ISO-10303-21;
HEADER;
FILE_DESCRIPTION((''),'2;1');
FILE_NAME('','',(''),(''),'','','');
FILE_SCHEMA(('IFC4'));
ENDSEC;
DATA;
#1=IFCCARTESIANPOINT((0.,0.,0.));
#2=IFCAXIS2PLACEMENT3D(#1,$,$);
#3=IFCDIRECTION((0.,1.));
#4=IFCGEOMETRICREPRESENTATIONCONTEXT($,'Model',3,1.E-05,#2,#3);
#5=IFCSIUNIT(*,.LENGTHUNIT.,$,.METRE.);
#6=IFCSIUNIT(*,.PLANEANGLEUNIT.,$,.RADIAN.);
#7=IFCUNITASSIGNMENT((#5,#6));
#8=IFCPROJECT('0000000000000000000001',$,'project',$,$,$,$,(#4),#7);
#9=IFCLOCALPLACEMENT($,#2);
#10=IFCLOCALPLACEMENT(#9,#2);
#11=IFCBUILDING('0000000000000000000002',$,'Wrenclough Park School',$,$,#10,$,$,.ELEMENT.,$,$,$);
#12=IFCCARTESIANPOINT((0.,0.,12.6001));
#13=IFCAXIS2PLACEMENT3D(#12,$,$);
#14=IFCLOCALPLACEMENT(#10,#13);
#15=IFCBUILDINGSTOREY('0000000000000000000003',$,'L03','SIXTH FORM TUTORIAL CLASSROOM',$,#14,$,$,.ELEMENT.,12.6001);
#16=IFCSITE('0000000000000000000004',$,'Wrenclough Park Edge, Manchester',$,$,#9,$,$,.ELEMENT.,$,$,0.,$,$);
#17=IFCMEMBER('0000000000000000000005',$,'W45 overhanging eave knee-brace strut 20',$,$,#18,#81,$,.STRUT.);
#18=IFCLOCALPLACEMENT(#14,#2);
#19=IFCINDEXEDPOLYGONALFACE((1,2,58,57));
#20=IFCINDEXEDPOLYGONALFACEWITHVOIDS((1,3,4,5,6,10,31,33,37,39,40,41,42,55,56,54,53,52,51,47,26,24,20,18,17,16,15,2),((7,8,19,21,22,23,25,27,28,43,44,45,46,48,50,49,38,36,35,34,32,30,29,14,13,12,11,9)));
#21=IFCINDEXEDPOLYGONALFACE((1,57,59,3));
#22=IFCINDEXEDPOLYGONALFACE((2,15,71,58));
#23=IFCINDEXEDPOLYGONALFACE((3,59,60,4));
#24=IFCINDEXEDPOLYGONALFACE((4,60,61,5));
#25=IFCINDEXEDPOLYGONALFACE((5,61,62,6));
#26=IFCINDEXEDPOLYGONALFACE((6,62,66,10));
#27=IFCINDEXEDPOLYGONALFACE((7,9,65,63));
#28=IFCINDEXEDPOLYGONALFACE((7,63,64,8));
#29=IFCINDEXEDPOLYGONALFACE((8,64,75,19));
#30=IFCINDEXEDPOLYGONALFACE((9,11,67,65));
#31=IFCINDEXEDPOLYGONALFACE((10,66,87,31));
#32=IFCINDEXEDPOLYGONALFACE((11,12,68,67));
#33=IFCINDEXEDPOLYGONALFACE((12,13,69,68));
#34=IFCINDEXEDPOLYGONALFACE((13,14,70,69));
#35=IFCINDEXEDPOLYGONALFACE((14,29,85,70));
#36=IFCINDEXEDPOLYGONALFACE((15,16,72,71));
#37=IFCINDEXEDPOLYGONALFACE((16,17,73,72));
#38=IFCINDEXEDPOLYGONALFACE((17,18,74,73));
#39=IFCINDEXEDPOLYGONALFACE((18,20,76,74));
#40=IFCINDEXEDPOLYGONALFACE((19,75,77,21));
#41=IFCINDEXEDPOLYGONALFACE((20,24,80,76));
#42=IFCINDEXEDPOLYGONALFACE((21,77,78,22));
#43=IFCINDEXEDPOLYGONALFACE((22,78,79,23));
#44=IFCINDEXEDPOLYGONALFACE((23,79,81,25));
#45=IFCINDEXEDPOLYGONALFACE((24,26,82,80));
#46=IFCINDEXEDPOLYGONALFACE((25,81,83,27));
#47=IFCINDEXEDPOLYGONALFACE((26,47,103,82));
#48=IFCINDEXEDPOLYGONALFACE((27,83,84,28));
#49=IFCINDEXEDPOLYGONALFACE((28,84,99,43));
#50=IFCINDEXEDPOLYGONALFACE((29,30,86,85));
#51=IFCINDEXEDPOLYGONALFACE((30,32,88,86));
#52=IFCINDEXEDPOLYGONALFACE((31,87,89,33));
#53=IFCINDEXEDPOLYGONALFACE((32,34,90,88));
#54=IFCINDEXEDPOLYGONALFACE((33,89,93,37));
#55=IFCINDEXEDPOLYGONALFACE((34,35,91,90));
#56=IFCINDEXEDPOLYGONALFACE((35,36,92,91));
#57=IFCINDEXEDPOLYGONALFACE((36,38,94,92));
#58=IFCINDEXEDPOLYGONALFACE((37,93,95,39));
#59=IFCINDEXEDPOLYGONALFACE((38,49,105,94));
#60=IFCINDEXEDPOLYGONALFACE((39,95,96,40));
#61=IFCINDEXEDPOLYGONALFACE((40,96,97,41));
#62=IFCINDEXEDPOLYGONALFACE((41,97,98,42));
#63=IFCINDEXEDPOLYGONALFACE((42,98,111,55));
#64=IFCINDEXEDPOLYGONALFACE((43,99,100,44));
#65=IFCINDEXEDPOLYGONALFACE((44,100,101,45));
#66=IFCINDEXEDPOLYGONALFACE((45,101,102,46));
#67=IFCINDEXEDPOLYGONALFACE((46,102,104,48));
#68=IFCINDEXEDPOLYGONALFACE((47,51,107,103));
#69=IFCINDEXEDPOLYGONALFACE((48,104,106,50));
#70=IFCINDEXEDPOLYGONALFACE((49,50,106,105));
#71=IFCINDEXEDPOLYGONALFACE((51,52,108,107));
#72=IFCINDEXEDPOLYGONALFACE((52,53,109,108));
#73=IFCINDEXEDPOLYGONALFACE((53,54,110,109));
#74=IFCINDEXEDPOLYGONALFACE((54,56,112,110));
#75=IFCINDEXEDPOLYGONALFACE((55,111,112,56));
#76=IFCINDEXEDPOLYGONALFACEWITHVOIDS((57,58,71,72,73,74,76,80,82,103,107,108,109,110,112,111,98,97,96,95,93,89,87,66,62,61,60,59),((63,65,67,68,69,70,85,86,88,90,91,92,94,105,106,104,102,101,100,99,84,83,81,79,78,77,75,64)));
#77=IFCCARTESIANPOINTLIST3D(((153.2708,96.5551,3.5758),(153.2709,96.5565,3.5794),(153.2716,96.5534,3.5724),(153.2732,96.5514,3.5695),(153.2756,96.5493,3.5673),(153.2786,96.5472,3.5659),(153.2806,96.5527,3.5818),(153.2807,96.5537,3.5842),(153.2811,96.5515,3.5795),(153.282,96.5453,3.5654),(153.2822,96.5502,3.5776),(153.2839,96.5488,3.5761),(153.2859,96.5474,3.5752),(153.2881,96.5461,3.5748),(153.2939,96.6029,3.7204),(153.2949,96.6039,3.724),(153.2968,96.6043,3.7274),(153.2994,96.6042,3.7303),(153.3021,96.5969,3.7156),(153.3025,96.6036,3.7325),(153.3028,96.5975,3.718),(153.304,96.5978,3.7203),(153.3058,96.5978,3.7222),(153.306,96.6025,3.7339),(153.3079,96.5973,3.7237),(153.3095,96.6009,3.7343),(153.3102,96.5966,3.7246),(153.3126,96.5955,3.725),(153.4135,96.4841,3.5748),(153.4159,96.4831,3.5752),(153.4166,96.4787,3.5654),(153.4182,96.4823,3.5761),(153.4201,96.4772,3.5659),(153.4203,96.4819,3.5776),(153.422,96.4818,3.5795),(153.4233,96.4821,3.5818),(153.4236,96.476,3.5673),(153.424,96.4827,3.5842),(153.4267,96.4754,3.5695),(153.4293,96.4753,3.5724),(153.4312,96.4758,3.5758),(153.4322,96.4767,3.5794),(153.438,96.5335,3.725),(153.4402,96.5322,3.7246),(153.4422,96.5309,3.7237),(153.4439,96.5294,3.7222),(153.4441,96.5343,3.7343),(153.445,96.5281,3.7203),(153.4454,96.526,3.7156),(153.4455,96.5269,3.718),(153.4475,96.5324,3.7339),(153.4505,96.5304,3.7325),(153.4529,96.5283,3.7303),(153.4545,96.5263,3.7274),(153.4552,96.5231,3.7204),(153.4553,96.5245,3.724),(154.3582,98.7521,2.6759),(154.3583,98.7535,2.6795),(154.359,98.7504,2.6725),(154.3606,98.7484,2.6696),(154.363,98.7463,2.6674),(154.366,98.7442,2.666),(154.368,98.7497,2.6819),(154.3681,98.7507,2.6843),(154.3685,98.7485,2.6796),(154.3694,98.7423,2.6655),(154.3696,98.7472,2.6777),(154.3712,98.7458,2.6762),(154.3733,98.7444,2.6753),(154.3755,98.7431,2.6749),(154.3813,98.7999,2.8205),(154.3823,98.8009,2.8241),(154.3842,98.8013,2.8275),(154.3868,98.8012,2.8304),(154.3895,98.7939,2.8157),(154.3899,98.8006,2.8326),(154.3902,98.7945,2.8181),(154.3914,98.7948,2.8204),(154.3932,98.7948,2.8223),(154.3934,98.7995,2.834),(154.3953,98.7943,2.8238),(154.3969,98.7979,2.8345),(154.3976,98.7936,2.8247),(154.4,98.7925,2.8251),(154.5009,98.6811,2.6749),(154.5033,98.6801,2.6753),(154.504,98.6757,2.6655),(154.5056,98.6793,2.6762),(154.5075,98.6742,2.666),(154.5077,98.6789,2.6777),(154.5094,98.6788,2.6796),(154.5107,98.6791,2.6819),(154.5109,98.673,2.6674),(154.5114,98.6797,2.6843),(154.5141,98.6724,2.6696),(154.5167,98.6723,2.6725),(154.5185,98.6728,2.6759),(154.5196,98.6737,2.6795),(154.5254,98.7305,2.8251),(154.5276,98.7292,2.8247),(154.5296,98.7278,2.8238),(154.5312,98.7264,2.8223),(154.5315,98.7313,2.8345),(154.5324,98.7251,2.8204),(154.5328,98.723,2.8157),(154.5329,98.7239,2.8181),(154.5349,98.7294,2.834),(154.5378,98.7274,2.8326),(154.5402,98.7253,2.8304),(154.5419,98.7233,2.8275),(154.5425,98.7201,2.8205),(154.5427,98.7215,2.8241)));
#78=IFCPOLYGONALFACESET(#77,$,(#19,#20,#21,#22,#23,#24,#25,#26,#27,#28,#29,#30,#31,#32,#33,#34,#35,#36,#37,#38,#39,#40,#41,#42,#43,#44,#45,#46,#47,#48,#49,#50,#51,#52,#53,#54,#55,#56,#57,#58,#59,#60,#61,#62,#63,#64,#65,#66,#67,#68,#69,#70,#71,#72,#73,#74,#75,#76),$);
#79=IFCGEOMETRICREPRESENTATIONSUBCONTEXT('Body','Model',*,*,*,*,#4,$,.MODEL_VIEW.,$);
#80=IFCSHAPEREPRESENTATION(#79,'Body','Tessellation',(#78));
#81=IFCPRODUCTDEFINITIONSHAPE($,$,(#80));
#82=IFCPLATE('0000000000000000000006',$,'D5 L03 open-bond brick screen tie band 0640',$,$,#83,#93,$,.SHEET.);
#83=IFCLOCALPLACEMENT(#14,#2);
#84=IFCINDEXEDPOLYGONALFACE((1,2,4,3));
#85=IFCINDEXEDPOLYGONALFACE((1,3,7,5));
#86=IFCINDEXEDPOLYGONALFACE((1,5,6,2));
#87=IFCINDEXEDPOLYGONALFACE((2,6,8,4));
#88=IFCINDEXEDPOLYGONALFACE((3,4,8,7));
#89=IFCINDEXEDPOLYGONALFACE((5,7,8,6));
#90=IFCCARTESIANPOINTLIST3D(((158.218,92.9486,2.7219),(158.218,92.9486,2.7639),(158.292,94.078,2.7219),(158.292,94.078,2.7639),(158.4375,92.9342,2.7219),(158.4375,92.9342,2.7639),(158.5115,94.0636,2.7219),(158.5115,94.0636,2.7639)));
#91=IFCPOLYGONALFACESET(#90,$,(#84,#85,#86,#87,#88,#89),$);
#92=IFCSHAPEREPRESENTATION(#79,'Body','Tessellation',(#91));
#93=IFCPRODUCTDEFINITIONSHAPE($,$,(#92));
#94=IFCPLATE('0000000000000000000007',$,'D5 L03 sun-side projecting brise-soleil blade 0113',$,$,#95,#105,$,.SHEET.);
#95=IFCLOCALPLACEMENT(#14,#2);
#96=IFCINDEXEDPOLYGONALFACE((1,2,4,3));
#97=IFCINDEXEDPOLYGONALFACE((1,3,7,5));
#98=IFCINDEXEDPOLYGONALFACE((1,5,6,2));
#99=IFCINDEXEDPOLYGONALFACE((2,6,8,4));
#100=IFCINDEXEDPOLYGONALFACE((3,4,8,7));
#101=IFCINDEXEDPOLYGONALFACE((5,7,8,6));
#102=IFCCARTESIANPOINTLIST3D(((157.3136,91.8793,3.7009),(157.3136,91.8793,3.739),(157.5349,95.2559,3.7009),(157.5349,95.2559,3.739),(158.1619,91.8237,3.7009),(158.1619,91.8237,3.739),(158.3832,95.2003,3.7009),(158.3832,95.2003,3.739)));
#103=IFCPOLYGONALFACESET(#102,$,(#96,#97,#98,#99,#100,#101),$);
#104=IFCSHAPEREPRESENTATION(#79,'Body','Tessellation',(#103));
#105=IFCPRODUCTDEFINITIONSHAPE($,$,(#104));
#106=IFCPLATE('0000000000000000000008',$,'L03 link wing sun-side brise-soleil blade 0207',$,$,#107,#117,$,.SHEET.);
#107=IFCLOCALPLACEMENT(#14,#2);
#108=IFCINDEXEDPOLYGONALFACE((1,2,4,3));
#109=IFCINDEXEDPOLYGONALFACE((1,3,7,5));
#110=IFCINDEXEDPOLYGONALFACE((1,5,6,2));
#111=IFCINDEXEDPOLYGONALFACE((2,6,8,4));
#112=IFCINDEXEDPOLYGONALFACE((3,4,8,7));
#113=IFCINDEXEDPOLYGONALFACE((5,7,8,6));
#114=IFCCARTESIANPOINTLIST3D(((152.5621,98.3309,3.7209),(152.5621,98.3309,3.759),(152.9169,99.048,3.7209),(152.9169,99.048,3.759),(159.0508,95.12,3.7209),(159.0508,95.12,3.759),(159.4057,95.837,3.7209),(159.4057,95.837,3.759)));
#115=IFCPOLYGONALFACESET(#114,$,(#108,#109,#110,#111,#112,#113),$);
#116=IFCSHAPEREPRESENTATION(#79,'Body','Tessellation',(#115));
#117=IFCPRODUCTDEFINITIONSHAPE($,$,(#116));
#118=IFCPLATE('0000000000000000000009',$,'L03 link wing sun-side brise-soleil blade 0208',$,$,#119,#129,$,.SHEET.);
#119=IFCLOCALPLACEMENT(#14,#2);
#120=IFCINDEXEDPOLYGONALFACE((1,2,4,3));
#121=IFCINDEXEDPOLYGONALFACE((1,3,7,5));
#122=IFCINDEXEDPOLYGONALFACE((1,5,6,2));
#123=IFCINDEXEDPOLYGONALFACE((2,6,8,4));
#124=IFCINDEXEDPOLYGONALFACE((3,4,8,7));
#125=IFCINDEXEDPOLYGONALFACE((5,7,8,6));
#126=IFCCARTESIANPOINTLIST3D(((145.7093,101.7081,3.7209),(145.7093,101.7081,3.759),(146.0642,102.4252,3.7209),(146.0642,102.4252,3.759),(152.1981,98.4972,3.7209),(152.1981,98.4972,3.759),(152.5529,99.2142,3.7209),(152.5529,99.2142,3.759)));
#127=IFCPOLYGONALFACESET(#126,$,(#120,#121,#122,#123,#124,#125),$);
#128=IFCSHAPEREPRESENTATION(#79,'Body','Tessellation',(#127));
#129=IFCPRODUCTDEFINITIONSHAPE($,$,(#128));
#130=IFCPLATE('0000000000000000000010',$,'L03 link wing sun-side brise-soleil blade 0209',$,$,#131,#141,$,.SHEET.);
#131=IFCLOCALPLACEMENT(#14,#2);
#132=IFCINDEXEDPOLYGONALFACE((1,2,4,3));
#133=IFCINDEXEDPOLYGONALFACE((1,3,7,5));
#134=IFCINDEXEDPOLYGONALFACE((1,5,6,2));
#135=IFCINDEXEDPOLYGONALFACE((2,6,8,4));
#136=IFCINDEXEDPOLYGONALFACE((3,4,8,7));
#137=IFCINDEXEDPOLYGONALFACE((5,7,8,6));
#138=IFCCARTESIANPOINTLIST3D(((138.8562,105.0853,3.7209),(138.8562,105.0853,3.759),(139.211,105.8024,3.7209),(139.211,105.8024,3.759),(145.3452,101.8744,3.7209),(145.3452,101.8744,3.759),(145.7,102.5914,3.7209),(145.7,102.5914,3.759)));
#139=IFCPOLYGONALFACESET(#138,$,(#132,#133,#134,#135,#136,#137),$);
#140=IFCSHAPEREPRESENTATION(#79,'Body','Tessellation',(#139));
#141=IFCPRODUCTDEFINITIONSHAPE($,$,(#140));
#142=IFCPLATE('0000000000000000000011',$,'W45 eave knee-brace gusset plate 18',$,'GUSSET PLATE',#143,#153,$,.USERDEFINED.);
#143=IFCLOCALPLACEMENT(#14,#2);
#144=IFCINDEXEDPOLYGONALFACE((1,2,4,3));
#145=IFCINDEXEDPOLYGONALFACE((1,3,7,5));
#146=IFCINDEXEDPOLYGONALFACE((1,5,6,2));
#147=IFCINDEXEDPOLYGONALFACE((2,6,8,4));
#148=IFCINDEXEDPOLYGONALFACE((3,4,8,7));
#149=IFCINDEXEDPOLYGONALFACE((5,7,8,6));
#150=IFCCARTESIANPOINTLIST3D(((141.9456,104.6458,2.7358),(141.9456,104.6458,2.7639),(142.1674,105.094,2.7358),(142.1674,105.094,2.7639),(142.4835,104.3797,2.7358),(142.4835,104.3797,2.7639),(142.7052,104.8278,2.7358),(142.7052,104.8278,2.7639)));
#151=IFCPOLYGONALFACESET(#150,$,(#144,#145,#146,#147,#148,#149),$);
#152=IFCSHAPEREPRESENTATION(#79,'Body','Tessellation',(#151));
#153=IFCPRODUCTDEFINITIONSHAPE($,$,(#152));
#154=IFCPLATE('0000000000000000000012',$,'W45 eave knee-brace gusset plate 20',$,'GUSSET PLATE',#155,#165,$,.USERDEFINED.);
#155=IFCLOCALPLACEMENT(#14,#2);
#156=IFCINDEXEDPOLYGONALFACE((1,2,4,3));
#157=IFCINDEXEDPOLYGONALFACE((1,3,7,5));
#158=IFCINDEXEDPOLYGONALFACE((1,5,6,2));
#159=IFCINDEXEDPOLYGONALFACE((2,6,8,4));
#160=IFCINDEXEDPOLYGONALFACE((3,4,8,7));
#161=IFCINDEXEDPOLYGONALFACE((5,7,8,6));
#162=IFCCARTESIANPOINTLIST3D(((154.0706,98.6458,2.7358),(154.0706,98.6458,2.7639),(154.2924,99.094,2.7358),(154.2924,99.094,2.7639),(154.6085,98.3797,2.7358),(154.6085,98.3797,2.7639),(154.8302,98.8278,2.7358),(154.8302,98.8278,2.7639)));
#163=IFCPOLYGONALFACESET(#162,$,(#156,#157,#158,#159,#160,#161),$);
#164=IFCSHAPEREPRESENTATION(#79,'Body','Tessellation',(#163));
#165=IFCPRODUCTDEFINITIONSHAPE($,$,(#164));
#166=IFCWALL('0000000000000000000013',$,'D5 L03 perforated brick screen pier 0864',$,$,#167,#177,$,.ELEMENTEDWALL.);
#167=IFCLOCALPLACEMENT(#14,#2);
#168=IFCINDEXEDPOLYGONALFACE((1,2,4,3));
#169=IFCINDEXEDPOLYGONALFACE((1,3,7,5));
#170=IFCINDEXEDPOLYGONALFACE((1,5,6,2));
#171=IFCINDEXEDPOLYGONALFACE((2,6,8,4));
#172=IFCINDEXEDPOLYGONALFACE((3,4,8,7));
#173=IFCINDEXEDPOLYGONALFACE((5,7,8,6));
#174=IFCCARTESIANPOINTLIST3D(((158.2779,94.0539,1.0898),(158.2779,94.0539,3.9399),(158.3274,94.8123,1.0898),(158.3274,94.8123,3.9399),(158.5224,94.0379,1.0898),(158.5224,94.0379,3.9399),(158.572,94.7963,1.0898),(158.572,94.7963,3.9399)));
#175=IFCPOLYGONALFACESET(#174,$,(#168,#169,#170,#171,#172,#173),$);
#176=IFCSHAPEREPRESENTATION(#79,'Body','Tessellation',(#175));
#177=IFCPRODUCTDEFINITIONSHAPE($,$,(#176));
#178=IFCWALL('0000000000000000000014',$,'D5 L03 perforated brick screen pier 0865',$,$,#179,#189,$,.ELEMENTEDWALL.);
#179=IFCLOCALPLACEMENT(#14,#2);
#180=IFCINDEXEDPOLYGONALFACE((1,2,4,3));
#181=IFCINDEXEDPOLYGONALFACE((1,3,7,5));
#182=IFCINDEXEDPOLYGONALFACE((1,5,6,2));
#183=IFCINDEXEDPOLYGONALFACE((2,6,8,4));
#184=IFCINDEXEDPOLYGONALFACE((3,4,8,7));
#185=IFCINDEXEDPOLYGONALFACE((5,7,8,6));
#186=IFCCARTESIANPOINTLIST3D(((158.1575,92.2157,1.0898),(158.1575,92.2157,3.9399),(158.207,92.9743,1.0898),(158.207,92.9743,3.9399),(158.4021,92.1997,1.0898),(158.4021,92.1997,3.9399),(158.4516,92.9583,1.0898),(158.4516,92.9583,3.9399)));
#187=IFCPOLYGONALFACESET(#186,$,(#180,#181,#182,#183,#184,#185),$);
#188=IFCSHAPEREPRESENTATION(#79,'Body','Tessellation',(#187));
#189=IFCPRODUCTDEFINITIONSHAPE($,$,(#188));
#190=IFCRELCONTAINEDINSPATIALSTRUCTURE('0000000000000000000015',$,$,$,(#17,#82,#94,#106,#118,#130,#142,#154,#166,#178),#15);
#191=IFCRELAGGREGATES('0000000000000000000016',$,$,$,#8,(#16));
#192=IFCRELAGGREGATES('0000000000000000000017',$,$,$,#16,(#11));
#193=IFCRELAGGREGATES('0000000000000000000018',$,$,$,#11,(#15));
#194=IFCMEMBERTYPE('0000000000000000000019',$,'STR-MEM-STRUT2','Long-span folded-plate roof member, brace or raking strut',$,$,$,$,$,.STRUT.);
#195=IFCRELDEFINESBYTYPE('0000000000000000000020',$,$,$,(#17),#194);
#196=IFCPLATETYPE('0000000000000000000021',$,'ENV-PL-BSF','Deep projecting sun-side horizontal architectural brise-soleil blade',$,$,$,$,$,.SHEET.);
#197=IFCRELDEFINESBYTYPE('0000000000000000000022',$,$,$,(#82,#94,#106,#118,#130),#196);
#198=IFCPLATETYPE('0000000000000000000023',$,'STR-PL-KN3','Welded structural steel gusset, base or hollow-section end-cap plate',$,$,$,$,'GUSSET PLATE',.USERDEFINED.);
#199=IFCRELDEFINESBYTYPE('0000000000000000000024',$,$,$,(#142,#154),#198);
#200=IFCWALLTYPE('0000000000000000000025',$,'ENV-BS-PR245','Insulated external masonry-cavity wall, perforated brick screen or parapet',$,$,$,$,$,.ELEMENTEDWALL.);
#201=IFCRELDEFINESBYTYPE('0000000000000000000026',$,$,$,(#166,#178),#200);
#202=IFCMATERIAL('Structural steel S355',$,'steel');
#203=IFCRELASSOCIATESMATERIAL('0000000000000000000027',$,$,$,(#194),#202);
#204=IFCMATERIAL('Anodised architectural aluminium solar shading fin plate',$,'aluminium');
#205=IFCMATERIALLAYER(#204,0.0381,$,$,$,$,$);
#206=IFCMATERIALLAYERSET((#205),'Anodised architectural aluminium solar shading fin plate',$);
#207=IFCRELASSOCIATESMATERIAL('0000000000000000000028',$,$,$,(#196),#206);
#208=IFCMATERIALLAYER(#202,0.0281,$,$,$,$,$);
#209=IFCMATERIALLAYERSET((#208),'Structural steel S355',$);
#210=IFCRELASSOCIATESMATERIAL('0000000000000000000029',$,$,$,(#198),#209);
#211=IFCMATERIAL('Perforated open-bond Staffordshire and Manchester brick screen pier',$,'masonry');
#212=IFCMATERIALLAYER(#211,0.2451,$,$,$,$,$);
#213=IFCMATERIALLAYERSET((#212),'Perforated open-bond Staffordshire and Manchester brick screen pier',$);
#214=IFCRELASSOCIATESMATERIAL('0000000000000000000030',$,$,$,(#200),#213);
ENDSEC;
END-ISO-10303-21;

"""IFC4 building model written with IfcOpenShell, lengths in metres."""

from ifc_helpers import new_model, si_unit, direction, frame, frame_2d, origin, origin_2d, place, context, subcontext, project, spatial, rectangle, hollow_rectangle, extrude, material, layer, layer_set, material_profile, profile_set, type_object, element, save


model = new_model("IFC4")

# Units and contexts
model_context = context("Model", 3, precision=1e-05, world=origin(), true_north=direction((0.0, 1.0)))
body_context = subcontext(model_context, "Body", "Model", "MODEL_VIEW")
ifc_project = project(units=[si_unit("LENGTHUNIT", "METRE"), si_unit("PLANEANGLEUNIT", "RADIAN")], contexts=[model_context])

# Site, building, storey
site_placement = place(None, origin())
site = spatial("IfcSite", under=ifc_project, at=site_placement, Name="Wrenclough Park Edge, Manchester", CompositionType="ELEMENT", RefElevation=0.0)
building_placement = place(site_placement, origin())
building = spatial("IfcBuilding", under=site, at=building_placement, Name="Wrenclough Park School", CompositionType="ELEMENT")
storey_placement = place(building_placement, frame((0.0, 0.0, 12.6001)))
storey = spatial("IfcBuildingStorey", under=building, at=storey_placement, Name="L03", Description="SIXTH FORM TUTORIAL CLASSROOM", CompositionType="ELEMENT", Elevation=12.6001)

# Shared definitions
ifc_material_1 = material(Name="Structural steel S355", Category="steel")

# Member
ifc_material_profile_1 = material_profile(ifc_material_1, hollow_rectangle(XDim=0.1799, YDim=0.1799, WallThickness=0.01, InnerFilletRadius=0.01, OuterFilletRadius=0.0149, at=origin_2d()), Name="SHS 180x180x10.0")
ifc_profile_set_1 = profile_set([ifc_material_profile_1], Name="Structural steel S355")
member_type = type_object("IfcMemberType", Name="STR-MEM-STRUT2", Description="Long-span folded-plate roof member, brace or raking strut", PredefinedType="STRUT", material=ifc_profile_set_1)
for number, where, z_axis, x_axis, name in (
    (1, (154.4504, 98.7368, 2.75), (-0.416413, -0.841334, 0.344611), (0.896232, -0.443585, 0.0), "W45 overhanging eave knee-brace strut 20"),
):
    element("IfcMember", number, at=place(storey_placement, frame(where, z_axis=z_axis, x_axis=x_axis)), inside=storey, type_object=member_type, Name=name, PredefinedType="STRUT", context=body_context, shape_type="SweptSolid", body=[
        extrude(hollow_rectangle(XDim=0.1799, YDim=0.1799, WallThickness=0.01, InnerFilletRadius=0.01, OuterFilletRadius=0.0149, at=origin_2d()), origin(), (0.0, 0.0, 1.0), 2.6113),
    ])

# Plates
ifc_material_2 = material(Name="Anodised architectural aluminium solar shading fin plate", Category="aluminium")
ifc_layer_1 = layer(ifc_material_2, 0.0381)
ifc_layer_set_1 = layer_set([ifc_layer_1], Name="Anodised architectural aluminium solar shading fin plate")
plate_type_1 = type_object("IfcPlateType", Name="ENV-PL-BSF", Description="Deep projecting sun-side horizontal architectural brise-soleil blade", PredefinedType="SHEET", material=ifc_layer_set_1)
plate_1_placement = place(storey_placement, frame((158.3647, 93.5061, 2.7219), z_axis=(0.0, 0.0, 1.0), x_axis=(-0.065393, -0.99786, 0.0)))
element("IfcPlate", 2, at=plate_1_placement, inside=storey, type_object=plate_type_1, Name="D5 L03 open-bond brick screen tie band 0640", PredefinedType="SHEET", context=body_context, shape_type="SweptSolid", body=[
    extrude(rectangle(XDim=1.1318, YDim=0.22, at=origin_2d()), origin(), (0.0, 0.0, 1.0), 0.042),
])
plate_2_placement = place(storey_placement, frame((157.8484, 93.5398, 3.7009), z_axis=(0.0, 0.0, 1.0), x_axis=(-0.065393, -0.99786, 0.0)))
element("IfcPlate", 3, at=plate_2_placement, inside=storey, type_object=plate_type_1, Name="D5 L03 sun-side projecting brise-soleil blade 0113", PredefinedType="SHEET", context=body_context, shape_type="SweptSolid", body=[
    extrude(rectangle(XDim=3.3838, YDim=0.8501, at=origin_2d()), origin(), (0.0, 0.0, 1.0), 0.0381),
])
for number, where, z_axis, x_axis, name in (
    (4, (155.9839, 97.084, 3.7209), (0.0, 0.0, 1.0), (-0.896265, 0.443519, 0.0), "L03 link wing sun-side brise-soleil blade 0207"),
    (5, (149.1311, 100.4612, 3.7209), (0.0, 0.0, 1.0), (-0.896265, 0.443519, 0.0), "L03 link wing sun-side brise-soleil blade 0208"),
):
    element("IfcPlate", number, at=place(storey_placement, frame(where, z_axis=z_axis, x_axis=x_axis)), inside=storey, type_object=plate_type_1, Name=name, PredefinedType="SHEET", context=body_context, shape_type="SweptSolid", body=[
        extrude(rectangle(XDim=7.2397, YDim=0.8, at=origin_2d()), origin(), (0.0, 0.0, 1.0), 0.0381),
    ])
plate_3_placement = place(storey_placement, frame((142.2781, 103.8384, 3.7209), z_axis=(0.0, 0.0, 1.0), x_axis=(-0.896273, 0.443503, 0.0)))
element("IfcPlate", 6, at=plate_3_placement, inside=storey, type_object=plate_type_1, Name="L03 link wing sun-side brise-soleil blade 0209", PredefinedType="SHEET", context=body_context, shape_type="SweptSolid", body=[
    extrude(rectangle(XDim=7.24, YDim=0.8, at=origin_2d()), origin(), (0.0, 0.0, 1.0), 0.0381),
])
ifc_layer_2 = layer(ifc_material_1, 0.0281)
ifc_layer_set_2 = layer_set([ifc_layer_2], Name="Structural steel S355")
plate_type_2 = type_object("IfcPlateType", Name="STR-PL-KN3", Description="Welded structural steel gusset, base or hollow-section end-cap plate", ElementType="GUSSET PLATE", PredefinedType="USERDEFINED", material=ifc_layer_set_2)
for number, where, z_axis, x_axis, name in (
    (7, (142.3254, 104.7368, 2.7358), (0.0, 0.0, 1.0), (0.896268, -0.443514, 0.0), "W45 eave knee-brace gusset plate 18"),
    (8, (154.4504, 98.7368, 2.7358), (0.0, 0.0, 1.0), (0.896268, -0.443514, 0.0), "W45 eave knee-brace gusset plate 20"),
):
    element("IfcPlate", number, at=place(storey_placement, frame(where, z_axis=z_axis, x_axis=x_axis)), inside=storey, type_object=plate_type_2, Name=name, ObjectType="GUSSET PLATE", PredefinedType="USERDEFINED", context=body_context, shape_type="SweptSolid", body=[
        extrude(rectangle(XDim=0.6001, YDim=0.5, at=origin_2d()), origin(), (0.0, 0.0, 1.0), 0.0281),
    ])

# Walls
ifc_material_3 = material(Name="Perforated open-bond Staffordshire and Manchester brick screen pier", Category="masonry")
ifc_layer_3 = layer(ifc_material_3, 0.2451)
ifc_layer_set_3 = layer_set([ifc_layer_3], Name="Perforated open-bond Staffordshire and Manchester brick screen pier")
wall_type_1 = type_object("IfcWallType", Name="ENV-BS-PR245", Description="Insulated external masonry-cavity wall, perforated brick screen or parapet", PredefinedType="ELEMENTEDWALL", material=ifc_layer_set_3)
wall_1_placement = place(storey_placement, frame((158.4497, 94.8042, 1.0898), z_axis=(0.0, 0.0, 1.0), x_axis=(-0.065218, -0.997871, 0.0)))
element("IfcWall", 9, at=wall_1_placement, inside=storey, type_object=wall_type_1, Name="D5 L03 perforated brick screen pier 0864", PredefinedType="ELEMENTEDWALL", context=body_context, shape_type="SweptSolid", body=[
    extrude(rectangle(XDim=0.76, YDim=0.2451, at=frame_2d((0.3799, 0.0))), origin(), (0.0, 0.0, 1.0), 2.8501),
])
wall_2_placement = place(storey_placement, frame((158.3293, 92.9663, 1.0898), z_axis=(0.0, 0.0, 1.0), x_axis=(-0.065197, -0.997872, 0.0)))
element("IfcWall", 10, at=wall_2_placement, inside=storey, type_object=wall_type_1, Name="D5 L03 perforated brick screen pier 0865", PredefinedType="ELEMENTEDWALL", context=body_context, shape_type="SweptSolid", body=[
    extrude(rectangle(XDim=0.7603, YDim=0.2451, at=frame_2d((0.3801, 0.0))), origin(), (0.0, 0.0, 1.0), 2.8501),
])

save(model, "model.ifc")
